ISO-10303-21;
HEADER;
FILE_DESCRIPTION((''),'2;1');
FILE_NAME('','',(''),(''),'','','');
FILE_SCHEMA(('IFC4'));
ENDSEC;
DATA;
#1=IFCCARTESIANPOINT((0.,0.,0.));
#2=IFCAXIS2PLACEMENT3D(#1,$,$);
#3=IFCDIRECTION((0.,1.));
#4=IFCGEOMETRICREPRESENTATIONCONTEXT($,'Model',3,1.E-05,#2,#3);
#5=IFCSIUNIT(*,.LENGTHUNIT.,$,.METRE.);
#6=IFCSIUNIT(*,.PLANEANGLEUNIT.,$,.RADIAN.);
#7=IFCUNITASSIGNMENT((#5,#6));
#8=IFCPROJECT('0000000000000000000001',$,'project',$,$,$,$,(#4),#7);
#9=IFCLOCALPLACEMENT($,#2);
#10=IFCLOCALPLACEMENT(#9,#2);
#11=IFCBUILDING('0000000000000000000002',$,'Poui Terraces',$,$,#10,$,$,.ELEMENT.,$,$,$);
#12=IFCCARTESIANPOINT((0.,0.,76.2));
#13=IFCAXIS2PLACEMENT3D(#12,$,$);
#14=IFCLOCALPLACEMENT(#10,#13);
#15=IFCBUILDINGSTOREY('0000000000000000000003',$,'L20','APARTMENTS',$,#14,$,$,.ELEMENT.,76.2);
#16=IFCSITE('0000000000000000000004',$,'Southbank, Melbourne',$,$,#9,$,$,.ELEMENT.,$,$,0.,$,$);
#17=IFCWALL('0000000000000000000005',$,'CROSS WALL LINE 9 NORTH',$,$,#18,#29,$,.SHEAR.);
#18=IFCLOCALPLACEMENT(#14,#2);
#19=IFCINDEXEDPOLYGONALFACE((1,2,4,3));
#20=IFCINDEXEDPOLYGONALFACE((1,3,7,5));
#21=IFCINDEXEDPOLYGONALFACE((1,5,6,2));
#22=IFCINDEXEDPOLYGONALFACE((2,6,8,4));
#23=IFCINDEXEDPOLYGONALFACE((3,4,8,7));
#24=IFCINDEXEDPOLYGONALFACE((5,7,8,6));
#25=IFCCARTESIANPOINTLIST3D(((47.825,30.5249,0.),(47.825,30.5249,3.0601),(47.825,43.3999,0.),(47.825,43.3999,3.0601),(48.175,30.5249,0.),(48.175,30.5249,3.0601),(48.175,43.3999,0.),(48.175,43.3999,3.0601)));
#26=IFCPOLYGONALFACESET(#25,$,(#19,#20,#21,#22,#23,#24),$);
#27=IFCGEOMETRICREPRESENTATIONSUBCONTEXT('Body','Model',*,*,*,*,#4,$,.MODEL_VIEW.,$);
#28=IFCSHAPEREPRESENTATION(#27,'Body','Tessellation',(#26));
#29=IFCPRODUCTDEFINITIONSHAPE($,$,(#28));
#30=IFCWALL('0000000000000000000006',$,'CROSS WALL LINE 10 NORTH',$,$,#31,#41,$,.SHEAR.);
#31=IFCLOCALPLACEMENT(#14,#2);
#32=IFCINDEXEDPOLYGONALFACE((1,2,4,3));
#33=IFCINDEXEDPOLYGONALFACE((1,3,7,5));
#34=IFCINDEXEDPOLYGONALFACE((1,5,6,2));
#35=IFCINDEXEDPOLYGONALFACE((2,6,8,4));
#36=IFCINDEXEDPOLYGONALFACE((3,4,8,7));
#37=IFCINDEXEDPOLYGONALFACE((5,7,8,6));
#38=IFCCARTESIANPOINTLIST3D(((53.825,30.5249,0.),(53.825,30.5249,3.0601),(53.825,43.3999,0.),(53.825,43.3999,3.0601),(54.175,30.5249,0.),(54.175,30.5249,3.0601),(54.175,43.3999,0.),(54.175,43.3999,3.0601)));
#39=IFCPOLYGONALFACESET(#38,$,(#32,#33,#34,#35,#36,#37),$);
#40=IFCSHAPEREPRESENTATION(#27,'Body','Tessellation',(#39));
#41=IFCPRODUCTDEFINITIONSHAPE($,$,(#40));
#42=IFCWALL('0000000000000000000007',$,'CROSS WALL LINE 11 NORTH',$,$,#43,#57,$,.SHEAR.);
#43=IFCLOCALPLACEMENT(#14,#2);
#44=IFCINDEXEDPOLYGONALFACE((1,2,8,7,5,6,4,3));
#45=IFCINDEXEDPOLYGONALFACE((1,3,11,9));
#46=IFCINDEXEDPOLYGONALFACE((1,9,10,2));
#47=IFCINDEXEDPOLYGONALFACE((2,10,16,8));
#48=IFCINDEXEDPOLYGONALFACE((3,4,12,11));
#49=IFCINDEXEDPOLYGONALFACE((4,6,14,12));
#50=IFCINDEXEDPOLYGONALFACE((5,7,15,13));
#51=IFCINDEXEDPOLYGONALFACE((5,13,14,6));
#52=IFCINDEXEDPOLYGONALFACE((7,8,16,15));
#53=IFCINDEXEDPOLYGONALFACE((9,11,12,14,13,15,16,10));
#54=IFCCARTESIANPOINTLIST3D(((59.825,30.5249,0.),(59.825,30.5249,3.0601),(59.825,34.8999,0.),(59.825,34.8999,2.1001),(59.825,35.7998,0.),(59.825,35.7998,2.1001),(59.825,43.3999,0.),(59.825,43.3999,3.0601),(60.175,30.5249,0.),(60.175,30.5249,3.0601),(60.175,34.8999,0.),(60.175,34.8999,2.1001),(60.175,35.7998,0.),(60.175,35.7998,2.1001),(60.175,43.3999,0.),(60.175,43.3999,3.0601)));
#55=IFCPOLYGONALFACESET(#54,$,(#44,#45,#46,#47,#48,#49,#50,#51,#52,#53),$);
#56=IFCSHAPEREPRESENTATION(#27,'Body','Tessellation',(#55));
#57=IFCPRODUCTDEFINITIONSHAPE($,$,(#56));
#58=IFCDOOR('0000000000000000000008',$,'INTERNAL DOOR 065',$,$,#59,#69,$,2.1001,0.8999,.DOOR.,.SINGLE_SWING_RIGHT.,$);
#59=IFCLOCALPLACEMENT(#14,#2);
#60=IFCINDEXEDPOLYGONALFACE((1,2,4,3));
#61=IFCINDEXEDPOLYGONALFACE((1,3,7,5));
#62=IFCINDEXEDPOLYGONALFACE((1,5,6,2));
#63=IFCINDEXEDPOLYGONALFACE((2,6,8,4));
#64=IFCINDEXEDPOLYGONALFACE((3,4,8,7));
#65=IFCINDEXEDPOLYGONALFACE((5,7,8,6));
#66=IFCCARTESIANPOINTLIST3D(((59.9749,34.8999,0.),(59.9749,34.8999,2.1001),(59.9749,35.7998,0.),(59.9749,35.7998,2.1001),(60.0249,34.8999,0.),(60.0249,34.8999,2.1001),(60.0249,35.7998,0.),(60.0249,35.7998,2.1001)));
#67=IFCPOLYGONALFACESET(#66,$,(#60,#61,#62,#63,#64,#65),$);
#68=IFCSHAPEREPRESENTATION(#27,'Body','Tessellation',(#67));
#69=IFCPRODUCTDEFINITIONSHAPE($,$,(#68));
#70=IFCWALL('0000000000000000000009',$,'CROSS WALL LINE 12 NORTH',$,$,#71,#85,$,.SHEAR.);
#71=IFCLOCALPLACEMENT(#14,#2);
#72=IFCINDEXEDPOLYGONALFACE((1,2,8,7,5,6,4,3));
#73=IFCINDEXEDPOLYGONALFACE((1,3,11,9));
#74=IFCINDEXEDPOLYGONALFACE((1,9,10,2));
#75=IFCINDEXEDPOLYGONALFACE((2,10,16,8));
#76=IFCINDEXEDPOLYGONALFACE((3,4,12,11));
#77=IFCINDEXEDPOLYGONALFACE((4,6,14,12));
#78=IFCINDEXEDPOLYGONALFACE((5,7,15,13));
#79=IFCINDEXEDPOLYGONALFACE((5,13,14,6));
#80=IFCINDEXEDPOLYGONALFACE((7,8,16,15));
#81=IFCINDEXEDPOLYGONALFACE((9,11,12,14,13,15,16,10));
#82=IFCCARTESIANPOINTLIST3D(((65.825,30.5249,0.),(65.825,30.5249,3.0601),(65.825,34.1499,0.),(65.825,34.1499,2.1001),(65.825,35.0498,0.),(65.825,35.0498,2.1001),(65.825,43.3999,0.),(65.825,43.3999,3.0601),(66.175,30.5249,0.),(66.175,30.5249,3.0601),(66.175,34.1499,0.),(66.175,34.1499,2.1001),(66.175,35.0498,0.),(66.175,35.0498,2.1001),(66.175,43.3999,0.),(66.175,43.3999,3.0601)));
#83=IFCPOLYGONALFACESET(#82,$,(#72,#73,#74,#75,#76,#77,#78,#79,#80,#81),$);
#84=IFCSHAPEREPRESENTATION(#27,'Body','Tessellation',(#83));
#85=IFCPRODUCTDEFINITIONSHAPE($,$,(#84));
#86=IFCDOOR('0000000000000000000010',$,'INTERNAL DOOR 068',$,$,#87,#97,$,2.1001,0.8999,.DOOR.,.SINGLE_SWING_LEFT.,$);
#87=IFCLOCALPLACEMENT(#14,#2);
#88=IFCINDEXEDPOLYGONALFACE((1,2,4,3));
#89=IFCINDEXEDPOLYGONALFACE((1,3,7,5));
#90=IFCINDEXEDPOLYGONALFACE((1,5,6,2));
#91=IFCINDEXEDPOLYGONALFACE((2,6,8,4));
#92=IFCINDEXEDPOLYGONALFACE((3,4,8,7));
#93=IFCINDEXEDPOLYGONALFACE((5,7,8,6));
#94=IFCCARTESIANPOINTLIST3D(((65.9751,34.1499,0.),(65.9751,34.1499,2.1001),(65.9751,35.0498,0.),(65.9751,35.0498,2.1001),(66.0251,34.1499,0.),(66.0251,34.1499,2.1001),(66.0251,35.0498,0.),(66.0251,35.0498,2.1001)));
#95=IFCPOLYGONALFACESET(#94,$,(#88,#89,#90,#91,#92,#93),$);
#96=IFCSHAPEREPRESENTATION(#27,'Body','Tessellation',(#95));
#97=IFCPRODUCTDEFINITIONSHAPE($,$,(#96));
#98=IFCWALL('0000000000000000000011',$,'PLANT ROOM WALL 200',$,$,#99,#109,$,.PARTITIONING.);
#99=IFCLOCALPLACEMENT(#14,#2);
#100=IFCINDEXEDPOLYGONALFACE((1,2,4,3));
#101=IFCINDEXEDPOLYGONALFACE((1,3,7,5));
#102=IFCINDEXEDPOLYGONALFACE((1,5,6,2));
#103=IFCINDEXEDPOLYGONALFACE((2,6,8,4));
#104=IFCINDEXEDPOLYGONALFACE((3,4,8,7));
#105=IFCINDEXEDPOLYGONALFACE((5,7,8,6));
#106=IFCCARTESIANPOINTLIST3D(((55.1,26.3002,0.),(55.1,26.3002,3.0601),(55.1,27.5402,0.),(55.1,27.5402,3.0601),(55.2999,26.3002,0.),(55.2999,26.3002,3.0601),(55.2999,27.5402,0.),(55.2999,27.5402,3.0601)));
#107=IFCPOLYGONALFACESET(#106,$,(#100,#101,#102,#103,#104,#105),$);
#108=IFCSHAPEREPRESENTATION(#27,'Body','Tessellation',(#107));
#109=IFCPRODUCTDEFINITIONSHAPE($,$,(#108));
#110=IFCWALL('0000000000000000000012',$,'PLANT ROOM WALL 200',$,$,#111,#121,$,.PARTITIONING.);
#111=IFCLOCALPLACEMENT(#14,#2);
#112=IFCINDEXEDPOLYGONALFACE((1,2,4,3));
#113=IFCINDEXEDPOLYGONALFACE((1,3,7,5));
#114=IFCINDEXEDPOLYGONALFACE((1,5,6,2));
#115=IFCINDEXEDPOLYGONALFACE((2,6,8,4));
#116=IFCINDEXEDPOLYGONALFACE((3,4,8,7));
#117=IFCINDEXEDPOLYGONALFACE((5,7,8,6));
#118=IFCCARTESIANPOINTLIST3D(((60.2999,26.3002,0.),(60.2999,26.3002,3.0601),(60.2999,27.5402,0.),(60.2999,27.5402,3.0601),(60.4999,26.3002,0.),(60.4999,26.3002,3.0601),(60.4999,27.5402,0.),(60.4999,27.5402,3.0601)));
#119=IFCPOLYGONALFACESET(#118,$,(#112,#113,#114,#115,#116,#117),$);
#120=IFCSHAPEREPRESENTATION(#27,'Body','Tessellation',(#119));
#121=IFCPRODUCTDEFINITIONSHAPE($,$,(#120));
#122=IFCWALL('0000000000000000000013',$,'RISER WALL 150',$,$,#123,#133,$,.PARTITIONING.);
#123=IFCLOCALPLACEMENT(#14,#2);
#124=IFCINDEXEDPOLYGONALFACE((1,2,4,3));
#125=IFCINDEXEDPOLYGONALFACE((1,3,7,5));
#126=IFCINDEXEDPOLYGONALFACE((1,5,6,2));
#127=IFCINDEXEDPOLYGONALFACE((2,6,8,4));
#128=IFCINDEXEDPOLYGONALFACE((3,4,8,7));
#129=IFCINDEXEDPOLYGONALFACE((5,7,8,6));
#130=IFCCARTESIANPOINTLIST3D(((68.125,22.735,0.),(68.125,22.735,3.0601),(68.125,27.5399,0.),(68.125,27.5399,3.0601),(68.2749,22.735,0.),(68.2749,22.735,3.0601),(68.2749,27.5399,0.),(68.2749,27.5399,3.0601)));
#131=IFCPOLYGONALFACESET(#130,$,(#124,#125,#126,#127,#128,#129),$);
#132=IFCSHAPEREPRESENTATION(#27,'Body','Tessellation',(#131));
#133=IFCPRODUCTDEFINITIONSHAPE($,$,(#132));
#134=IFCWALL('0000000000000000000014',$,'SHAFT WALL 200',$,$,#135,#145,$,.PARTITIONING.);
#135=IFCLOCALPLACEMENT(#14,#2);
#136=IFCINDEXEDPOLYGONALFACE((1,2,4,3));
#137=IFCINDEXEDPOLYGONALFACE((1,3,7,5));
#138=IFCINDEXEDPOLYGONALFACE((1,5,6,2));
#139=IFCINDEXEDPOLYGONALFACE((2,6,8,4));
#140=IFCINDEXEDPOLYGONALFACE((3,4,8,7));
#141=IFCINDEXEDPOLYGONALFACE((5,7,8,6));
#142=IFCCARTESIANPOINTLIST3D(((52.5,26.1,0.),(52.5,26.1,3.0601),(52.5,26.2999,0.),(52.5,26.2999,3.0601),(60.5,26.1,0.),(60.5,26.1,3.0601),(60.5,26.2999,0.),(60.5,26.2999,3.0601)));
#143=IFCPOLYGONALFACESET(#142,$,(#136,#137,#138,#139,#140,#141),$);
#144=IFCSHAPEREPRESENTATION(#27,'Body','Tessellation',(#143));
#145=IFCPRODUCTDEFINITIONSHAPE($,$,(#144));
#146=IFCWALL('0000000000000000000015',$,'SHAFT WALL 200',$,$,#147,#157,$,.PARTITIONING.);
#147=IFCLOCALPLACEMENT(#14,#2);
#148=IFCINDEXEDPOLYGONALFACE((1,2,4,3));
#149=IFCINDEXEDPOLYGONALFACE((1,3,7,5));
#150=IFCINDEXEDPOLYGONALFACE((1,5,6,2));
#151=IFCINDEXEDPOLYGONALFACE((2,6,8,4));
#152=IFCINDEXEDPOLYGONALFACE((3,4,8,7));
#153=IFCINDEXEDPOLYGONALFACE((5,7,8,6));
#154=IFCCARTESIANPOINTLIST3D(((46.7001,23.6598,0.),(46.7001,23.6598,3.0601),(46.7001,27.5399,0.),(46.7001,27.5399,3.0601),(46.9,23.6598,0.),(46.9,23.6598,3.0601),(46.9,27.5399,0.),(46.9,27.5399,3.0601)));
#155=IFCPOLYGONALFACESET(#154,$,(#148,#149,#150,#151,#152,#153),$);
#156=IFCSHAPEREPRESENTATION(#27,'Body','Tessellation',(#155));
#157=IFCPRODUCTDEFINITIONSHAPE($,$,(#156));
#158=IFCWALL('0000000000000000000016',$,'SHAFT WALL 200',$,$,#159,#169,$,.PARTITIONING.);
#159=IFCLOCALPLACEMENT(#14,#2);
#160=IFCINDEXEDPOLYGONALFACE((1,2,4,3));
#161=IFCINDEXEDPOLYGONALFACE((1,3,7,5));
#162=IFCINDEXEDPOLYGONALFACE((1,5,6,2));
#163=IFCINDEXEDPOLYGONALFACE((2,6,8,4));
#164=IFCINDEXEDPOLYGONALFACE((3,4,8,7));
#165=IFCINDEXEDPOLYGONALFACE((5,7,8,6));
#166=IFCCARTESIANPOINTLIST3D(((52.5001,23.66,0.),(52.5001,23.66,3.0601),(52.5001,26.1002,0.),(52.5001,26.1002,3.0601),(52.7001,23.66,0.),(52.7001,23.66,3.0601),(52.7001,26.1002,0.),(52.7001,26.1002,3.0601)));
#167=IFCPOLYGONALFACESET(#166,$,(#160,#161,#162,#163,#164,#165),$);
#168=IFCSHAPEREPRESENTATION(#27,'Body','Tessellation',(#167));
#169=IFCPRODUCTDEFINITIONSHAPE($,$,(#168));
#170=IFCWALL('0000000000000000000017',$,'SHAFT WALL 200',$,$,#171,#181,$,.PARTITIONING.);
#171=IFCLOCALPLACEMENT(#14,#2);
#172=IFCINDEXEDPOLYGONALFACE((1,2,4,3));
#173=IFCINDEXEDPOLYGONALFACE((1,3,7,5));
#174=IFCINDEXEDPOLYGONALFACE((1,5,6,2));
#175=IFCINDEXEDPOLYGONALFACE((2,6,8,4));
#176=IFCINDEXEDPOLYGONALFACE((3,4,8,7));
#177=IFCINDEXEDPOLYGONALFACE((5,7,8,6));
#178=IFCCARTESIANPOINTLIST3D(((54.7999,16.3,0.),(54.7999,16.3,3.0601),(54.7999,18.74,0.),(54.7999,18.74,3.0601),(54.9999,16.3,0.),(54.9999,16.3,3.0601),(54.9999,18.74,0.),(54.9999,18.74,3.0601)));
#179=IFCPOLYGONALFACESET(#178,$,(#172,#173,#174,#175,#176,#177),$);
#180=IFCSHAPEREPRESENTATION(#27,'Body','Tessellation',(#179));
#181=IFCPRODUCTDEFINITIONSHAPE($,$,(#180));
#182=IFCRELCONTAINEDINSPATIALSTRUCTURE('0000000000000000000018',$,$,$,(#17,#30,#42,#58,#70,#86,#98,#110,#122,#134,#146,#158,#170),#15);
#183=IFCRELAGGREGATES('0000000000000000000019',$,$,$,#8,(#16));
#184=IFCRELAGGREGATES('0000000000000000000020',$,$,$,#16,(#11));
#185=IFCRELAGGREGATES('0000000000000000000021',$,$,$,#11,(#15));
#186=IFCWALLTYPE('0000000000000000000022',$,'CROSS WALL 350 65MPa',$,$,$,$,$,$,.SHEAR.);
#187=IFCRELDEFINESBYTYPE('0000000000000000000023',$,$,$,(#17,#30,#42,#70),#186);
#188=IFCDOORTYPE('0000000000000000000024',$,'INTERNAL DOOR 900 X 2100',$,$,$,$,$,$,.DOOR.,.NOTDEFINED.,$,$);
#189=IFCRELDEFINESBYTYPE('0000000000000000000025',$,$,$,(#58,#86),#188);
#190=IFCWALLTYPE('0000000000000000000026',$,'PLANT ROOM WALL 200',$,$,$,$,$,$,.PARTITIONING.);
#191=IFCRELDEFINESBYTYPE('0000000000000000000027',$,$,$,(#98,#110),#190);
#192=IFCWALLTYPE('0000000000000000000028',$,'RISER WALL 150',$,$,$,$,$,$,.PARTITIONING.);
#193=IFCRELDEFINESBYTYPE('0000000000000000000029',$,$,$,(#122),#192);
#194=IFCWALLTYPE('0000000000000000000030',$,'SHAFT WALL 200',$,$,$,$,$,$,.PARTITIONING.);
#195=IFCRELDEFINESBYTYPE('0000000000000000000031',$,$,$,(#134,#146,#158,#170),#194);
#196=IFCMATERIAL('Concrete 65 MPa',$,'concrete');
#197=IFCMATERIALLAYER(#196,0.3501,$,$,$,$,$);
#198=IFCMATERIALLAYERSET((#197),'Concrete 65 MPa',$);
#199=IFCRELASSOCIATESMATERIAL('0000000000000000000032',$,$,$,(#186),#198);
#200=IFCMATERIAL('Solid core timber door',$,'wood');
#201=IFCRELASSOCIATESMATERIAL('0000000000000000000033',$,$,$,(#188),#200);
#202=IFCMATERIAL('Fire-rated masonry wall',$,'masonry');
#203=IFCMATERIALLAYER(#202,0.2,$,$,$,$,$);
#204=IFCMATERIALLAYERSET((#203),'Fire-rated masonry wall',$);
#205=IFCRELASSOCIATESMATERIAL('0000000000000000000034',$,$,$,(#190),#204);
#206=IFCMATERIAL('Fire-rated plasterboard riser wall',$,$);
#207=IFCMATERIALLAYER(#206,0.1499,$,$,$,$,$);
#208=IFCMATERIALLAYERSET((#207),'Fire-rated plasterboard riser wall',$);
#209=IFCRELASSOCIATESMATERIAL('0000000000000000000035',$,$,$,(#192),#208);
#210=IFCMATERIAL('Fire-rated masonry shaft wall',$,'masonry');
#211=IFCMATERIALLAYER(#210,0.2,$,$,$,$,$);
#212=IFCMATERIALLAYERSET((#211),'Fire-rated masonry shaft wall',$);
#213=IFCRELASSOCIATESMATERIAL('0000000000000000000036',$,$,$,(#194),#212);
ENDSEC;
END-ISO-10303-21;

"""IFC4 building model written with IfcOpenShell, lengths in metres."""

from ifc_helpers import new_model, si_unit, direction, frame, frame_2d, origin, place, context, subcontext, project, spatial, rectangle, extrude, material, layer, layer_set, type_object, element, fill, save


model = new_model("IFC4")

# Units and contexts
model_context = context("Model", 3, precision=1e-05, world=origin(), true_north=direction((0.0, 1.0)))
body_context = subcontext(model_context, "Body", "Model", "MODEL_VIEW")
ifc_project = project(units=[si_unit("LENGTHUNIT", "METRE"), si_unit("PLANEANGLEUNIT", "RADIAN")], contexts=[model_context])

# Site, building, storey
site_placement = place(None, origin())
site = spatial("IfcSite", under=ifc_project, at=site_placement, Name="Southbank, Melbourne", CompositionType="ELEMENT", RefElevation=0.0)
building_placement = place(site_placement, origin())
building = spatial("IfcBuilding", under=site, at=building_placement, Name="Poui Terraces", CompositionType="ELEMENT")
storey_placement = place(building_placement, frame((0.0, 0.0, 76.2)))
storey = spatial("IfcBuildingStorey", under=building, at=storey_placement, Name="L20", Description="APARTMENTS", CompositionType="ELEMENT", Elevation=76.2)

# Shared definitions
ifc_material_1 = material(Name="Concrete 65 MPa", Category="concrete")

# Walls
ifc_layer_1 = layer(ifc_material_1, 0.3501)
ifc_layer_set_1 = layer_set([ifc_layer_1], Name="Concrete 65 MPa")
wall_type_1 = type_object("IfcWallType", Name="CROSS WALL 350 65MPa", PredefinedType="SHEAR", material=ifc_layer_set_1)
for number, where, z_axis, x_axis, name in (
    (1, (48.0, 30.5249, 0.0), (0.0, 0.0, 1.0), (0.0, 1.0, 0.0), "CROSS WALL LINE 9 NORTH"),
    (2, (54.0, 30.5249, 0.0), (0.0, 0.0, 1.0), (0.0, 1.0, 0.0), "CROSS WALL LINE 10 NORTH"),
):
    element("IfcWall", number, at=place(storey_placement, frame(where, z_axis=z_axis, x_axis=x_axis)), inside=storey, type_object=wall_type_1, Name=name, PredefinedType="SHEAR", context=body_context, shape_type="SweptSolid", body=[
        extrude(rectangle(XDim=12.875, YDim=0.3501, at=frame_2d((6.4375, 0.0))), origin(), (0.0, 0.0, 1.0), 3.0601),
    ])

# Walls, openings, doors
wall_1_placement = place(storey_placement, frame((60.0, 30.5249, 0.0), z_axis=(0.0, 0.0, 1.0), x_axis=(0.0, 1.0, 0.0)))
wall_1 = element("IfcWall", 3, at=wall_1_placement, inside=storey, type_object=wall_type_1, Name="CROSS WALL LINE 11 NORTH", PredefinedType="SHEAR", context=body_context, shape_type="SweptSolid", body=[
    extrude(rectangle(XDim=12.875, YDim=0.3501, at=frame_2d((6.4375, 0.0))), origin(), (0.0, 0.0, 1.0), 3.0601),
])
opening_1_placement = place(wall_1_placement, frame((4.375, 0.0, 0.0)))
opening_1 = element("IfcOpeningElement", 4, at=opening_1_placement, cuts=wall_1, PredefinedType="OPENING", context=body_context, shape_type="SweptSolid", body=[
    extrude(rectangle(XDim=0.8999, YDim=2.1001, at=frame_2d((0.45, 1.05))), frame((0.0, 0.1851, 0.0), z_axis=(0.0, -1.0, 0.0), x_axis=(1.0, 0.0, 0.0)), (0.0, 0.0, 1.0), 0.3701),
])
ifc_material_2 = material(Name="Solid core timber door", Category="wood")
door_type_1 = type_object("IfcDoorType", Name="INTERNAL DOOR 900 X 2100", OperationType="NOTDEFINED", PredefinedType="DOOR", material=ifc_material_2)
door_1_placement = place(opening_1_placement, frame((0.8999, 0.0, 0.0), z_axis=(0.0, 0.0, 1.0), x_axis=(-1.0, 0.0, 0.0)))
door_1 = element("IfcDoor", 5, at=door_1_placement, inside=storey, type_object=door_type_1, Name="INTERNAL DOOR 065", OperationType="SINGLE_SWING_RIGHT", OverallHeight=2.1001, OverallWidth=0.8999, PredefinedType="DOOR", context=body_context, shape_type="SweptSolid", body=[
    extrude(rectangle(XDim=0.8999, YDim=2.1001, at=frame_2d((0.45, 1.05))), frame((0.0, 0.0249, 0.0), z_axis=(0.0, -1.0, 0.0), x_axis=(1.0, 0.0, 0.0)), (0.0, 0.0, 1.0), 0.05),
])
fill(opening_1, door_1)
wall_2_placement = place(storey_placement, frame((66.0, 30.5249, 0.0), z_axis=(0.0, 0.0, 1.0), x_axis=(0.0, 1.0, 0.0)))
wall_2 = element("IfcWall", 6, at=wall_2_placement, inside=storey, type_object=wall_type_1, Name="CROSS WALL LINE 12 NORTH", PredefinedType="SHEAR", context=body_context, shape_type="SweptSolid", body=[
    extrude(rectangle(XDim=12.875, YDim=0.3501, at=frame_2d((6.4375, 0.0))), origin(), (0.0, 0.0, 1.0), 3.0601),
])
opening_2_placement = place(wall_2_placement, frame((3.625, 0.0, 0.0)))
opening_2 = element("IfcOpeningElement", 7, at=opening_2_placement, cuts=wall_2, PredefinedType="OPENING", context=body_context, shape_type="SweptSolid", body=[
    extrude(rectangle(XDim=0.8999, YDim=2.1001, at=frame_2d((0.45, 1.05))), frame((0.0, 0.1851, 0.0), z_axis=(0.0, -1.0, 0.0), x_axis=(1.0, 0.0, 0.0)), (0.0, 0.0, 1.0), 0.3701),
])
door_2_placement = place(opening_2_placement, origin())
door_2 = element("IfcDoor", 8, at=door_2_placement, inside=storey, type_object=door_type_1, Name="INTERNAL DOOR 068", OperationType="SINGLE_SWING_LEFT", OverallHeight=2.1001, OverallWidth=0.8999, PredefinedType="DOOR", context=body_context, shape_type="SweptSolid", body=[
    extrude(rectangle(XDim=0.8999, YDim=2.1001, at=frame_2d((0.45, 1.05))), frame((0.0, 0.0249, 0.0), z_axis=(0.0, -1.0, 0.0), x_axis=(1.0, 0.0, 0.0)), (0.0, 0.0, 1.0), 0.05),
])
fill(opening_2, door_2)

# Walls
ifc_material_3 = material(Name="Fire-rated masonry wall", Category="masonry")
ifc_layer_2 = layer(ifc_material_3, 0.2)
ifc_layer_set_2 = layer_set([ifc_layer_2], Name="Fire-rated masonry wall")
wall_type_2 = type_object("IfcWallType", Name="PLANT ROOM WALL 200", PredefinedType="PARTITIONING", material=ifc_layer_set_2)
for number, where, z_axis, x_axis, name in (
    (9, (55.2, 26.3, 0.0), (0.0, 0.0, 1.0), (0.0, 1.0, 0.0), "PLANT ROOM WALL 200"),
    (10, (60.3999, 26.3, 0.0), (0.0, 0.0, 1.0), (0.0, 1.0, 0.0), "PLANT ROOM WALL 200"),
):
    element("IfcWall", number, at=place(storey_placement, frame(where, z_axis=z_axis, x_axis=x_axis)), inside=storey, type_object=wall_type_2, Name=name, PredefinedType="PARTITIONING", context=body_context, shape_type="SweptSolid", body=[
        extrude(rectangle(XDim=1.24, YDim=0.2, at=frame_2d((0.6201, 0.0))), origin(), (0.0, 0.0, 1.0), 3.0601),
    ])
ifc_material_4 = material(Name="Fire-rated plasterboard riser wall")
ifc_layer_3 = layer(ifc_material_4, 0.1499)
ifc_layer_set_3 = layer_set([ifc_layer_3], Name="Fire-rated plasterboard riser wall")
wall_type_3 = type_object("IfcWallType", Name="RISER WALL 150", PredefinedType="PARTITIONING", material=ifc_layer_set_3)
wall_3_placement = place(storey_placement, frame((68.2, 22.7351, 0.0), z_axis=(0.0, 0.0, 1.0), x_axis=(0.0, 1.0, 0.0)))
element("IfcWall", 11, at=wall_3_placement, inside=storey, type_object=wall_type_3, Name="RISER WALL 150", PredefinedType="PARTITIONING", context=body_context, shape_type="SweptSolid", body=[
    extrude(rectangle(XDim=4.8049, YDim=0.1499, at=frame_2d((2.4023, 0.0))), origin(), (0.0, 0.0, 1.0), 3.0601),
])
ifc_material_5 = material(Name="Fire-rated masonry shaft wall", Category="masonry")
ifc_layer_4 = layer(ifc_material_5, 0.2)
ifc_layer_set_4 = layer_set([ifc_layer_4], Name="Fire-rated masonry shaft wall")
wall_type_4 = type_object("IfcWallType", Name="SHAFT WALL 200", PredefinedType="PARTITIONING", material=ifc_layer_set_4)
wall_4_placement = place(storey_placement, frame((52.5, 26.2, 0.0), z_axis=(0.0, 0.0, 1.0), x_axis=(1.0, 0.0, 0.0)))
element("IfcWall", 12, at=wall_4_placement, inside=storey, type_object=wall_type_4, Name="SHAFT WALL 200", PredefinedType="PARTITIONING", context=body_context, shape_type="SweptSolid", body=[
    extrude(rectangle(XDim=8.0, YDim=0.2, at=frame_2d((4.0, 0.0))), origin(), (0.0, 0.0, 1.0), 3.0601),
])
wall_5_placement = place(storey_placement, frame((46.8, 23.6599, 0.0), z_axis=(0.0, 0.0, 1.0), x_axis=(0.0, 1.0, 0.0)))
element("IfcWall", 13, at=wall_5_placement, inside=storey, type_object=wall_type_4, Name="SHAFT WALL 200", PredefinedType="PARTITIONING", context=body_context, shape_type="SweptSolid", body=[
    extrude(rectangle(XDim=3.8801, YDim=0.2, at=frame_2d((1.9399, 0.0))), origin(), (0.0, 0.0, 1.0), 3.0601),
])
wall_6_placement = place(storey_placement, frame((52.6001, 23.6599, 0.0), z_axis=(0.0, 0.0, 1.0), x_axis=(0.0, 1.0, 0.0)))
element("IfcWall", 14, at=wall_6_placement, inside=storey, type_object=wall_type_4, Name="SHAFT WALL 200", PredefinedType="PARTITIONING", context=body_context, shape_type="SweptSolid", body=[
    extrude(rectangle(XDim=2.4402, YDim=0.2, at=frame_2d((1.2202, 0.0))), origin(), (0.0, 0.0, 1.0), 3.0601),
])
wall_7_placement = place(storey_placement, frame((54.8999, 16.3, 0.0), z_axis=(0.0, 0.0, 1.0), x_axis=(0.0, 1.0, 0.0)))
element("IfcWall", 15, at=wall_7_placement, inside=storey, type_object=wall_type_4, Name="SHAFT WALL 200", PredefinedType="PARTITIONING", context=body_context, shape_type="SweptSolid", body=[
    extrude(rectangle(XDim=2.4399, YDim=0.2, at=frame_2d((1.22, 0.0))), origin(), (0.0, 0.0, 1.0), 3.0601),
])

save(model, "model.ifc")
